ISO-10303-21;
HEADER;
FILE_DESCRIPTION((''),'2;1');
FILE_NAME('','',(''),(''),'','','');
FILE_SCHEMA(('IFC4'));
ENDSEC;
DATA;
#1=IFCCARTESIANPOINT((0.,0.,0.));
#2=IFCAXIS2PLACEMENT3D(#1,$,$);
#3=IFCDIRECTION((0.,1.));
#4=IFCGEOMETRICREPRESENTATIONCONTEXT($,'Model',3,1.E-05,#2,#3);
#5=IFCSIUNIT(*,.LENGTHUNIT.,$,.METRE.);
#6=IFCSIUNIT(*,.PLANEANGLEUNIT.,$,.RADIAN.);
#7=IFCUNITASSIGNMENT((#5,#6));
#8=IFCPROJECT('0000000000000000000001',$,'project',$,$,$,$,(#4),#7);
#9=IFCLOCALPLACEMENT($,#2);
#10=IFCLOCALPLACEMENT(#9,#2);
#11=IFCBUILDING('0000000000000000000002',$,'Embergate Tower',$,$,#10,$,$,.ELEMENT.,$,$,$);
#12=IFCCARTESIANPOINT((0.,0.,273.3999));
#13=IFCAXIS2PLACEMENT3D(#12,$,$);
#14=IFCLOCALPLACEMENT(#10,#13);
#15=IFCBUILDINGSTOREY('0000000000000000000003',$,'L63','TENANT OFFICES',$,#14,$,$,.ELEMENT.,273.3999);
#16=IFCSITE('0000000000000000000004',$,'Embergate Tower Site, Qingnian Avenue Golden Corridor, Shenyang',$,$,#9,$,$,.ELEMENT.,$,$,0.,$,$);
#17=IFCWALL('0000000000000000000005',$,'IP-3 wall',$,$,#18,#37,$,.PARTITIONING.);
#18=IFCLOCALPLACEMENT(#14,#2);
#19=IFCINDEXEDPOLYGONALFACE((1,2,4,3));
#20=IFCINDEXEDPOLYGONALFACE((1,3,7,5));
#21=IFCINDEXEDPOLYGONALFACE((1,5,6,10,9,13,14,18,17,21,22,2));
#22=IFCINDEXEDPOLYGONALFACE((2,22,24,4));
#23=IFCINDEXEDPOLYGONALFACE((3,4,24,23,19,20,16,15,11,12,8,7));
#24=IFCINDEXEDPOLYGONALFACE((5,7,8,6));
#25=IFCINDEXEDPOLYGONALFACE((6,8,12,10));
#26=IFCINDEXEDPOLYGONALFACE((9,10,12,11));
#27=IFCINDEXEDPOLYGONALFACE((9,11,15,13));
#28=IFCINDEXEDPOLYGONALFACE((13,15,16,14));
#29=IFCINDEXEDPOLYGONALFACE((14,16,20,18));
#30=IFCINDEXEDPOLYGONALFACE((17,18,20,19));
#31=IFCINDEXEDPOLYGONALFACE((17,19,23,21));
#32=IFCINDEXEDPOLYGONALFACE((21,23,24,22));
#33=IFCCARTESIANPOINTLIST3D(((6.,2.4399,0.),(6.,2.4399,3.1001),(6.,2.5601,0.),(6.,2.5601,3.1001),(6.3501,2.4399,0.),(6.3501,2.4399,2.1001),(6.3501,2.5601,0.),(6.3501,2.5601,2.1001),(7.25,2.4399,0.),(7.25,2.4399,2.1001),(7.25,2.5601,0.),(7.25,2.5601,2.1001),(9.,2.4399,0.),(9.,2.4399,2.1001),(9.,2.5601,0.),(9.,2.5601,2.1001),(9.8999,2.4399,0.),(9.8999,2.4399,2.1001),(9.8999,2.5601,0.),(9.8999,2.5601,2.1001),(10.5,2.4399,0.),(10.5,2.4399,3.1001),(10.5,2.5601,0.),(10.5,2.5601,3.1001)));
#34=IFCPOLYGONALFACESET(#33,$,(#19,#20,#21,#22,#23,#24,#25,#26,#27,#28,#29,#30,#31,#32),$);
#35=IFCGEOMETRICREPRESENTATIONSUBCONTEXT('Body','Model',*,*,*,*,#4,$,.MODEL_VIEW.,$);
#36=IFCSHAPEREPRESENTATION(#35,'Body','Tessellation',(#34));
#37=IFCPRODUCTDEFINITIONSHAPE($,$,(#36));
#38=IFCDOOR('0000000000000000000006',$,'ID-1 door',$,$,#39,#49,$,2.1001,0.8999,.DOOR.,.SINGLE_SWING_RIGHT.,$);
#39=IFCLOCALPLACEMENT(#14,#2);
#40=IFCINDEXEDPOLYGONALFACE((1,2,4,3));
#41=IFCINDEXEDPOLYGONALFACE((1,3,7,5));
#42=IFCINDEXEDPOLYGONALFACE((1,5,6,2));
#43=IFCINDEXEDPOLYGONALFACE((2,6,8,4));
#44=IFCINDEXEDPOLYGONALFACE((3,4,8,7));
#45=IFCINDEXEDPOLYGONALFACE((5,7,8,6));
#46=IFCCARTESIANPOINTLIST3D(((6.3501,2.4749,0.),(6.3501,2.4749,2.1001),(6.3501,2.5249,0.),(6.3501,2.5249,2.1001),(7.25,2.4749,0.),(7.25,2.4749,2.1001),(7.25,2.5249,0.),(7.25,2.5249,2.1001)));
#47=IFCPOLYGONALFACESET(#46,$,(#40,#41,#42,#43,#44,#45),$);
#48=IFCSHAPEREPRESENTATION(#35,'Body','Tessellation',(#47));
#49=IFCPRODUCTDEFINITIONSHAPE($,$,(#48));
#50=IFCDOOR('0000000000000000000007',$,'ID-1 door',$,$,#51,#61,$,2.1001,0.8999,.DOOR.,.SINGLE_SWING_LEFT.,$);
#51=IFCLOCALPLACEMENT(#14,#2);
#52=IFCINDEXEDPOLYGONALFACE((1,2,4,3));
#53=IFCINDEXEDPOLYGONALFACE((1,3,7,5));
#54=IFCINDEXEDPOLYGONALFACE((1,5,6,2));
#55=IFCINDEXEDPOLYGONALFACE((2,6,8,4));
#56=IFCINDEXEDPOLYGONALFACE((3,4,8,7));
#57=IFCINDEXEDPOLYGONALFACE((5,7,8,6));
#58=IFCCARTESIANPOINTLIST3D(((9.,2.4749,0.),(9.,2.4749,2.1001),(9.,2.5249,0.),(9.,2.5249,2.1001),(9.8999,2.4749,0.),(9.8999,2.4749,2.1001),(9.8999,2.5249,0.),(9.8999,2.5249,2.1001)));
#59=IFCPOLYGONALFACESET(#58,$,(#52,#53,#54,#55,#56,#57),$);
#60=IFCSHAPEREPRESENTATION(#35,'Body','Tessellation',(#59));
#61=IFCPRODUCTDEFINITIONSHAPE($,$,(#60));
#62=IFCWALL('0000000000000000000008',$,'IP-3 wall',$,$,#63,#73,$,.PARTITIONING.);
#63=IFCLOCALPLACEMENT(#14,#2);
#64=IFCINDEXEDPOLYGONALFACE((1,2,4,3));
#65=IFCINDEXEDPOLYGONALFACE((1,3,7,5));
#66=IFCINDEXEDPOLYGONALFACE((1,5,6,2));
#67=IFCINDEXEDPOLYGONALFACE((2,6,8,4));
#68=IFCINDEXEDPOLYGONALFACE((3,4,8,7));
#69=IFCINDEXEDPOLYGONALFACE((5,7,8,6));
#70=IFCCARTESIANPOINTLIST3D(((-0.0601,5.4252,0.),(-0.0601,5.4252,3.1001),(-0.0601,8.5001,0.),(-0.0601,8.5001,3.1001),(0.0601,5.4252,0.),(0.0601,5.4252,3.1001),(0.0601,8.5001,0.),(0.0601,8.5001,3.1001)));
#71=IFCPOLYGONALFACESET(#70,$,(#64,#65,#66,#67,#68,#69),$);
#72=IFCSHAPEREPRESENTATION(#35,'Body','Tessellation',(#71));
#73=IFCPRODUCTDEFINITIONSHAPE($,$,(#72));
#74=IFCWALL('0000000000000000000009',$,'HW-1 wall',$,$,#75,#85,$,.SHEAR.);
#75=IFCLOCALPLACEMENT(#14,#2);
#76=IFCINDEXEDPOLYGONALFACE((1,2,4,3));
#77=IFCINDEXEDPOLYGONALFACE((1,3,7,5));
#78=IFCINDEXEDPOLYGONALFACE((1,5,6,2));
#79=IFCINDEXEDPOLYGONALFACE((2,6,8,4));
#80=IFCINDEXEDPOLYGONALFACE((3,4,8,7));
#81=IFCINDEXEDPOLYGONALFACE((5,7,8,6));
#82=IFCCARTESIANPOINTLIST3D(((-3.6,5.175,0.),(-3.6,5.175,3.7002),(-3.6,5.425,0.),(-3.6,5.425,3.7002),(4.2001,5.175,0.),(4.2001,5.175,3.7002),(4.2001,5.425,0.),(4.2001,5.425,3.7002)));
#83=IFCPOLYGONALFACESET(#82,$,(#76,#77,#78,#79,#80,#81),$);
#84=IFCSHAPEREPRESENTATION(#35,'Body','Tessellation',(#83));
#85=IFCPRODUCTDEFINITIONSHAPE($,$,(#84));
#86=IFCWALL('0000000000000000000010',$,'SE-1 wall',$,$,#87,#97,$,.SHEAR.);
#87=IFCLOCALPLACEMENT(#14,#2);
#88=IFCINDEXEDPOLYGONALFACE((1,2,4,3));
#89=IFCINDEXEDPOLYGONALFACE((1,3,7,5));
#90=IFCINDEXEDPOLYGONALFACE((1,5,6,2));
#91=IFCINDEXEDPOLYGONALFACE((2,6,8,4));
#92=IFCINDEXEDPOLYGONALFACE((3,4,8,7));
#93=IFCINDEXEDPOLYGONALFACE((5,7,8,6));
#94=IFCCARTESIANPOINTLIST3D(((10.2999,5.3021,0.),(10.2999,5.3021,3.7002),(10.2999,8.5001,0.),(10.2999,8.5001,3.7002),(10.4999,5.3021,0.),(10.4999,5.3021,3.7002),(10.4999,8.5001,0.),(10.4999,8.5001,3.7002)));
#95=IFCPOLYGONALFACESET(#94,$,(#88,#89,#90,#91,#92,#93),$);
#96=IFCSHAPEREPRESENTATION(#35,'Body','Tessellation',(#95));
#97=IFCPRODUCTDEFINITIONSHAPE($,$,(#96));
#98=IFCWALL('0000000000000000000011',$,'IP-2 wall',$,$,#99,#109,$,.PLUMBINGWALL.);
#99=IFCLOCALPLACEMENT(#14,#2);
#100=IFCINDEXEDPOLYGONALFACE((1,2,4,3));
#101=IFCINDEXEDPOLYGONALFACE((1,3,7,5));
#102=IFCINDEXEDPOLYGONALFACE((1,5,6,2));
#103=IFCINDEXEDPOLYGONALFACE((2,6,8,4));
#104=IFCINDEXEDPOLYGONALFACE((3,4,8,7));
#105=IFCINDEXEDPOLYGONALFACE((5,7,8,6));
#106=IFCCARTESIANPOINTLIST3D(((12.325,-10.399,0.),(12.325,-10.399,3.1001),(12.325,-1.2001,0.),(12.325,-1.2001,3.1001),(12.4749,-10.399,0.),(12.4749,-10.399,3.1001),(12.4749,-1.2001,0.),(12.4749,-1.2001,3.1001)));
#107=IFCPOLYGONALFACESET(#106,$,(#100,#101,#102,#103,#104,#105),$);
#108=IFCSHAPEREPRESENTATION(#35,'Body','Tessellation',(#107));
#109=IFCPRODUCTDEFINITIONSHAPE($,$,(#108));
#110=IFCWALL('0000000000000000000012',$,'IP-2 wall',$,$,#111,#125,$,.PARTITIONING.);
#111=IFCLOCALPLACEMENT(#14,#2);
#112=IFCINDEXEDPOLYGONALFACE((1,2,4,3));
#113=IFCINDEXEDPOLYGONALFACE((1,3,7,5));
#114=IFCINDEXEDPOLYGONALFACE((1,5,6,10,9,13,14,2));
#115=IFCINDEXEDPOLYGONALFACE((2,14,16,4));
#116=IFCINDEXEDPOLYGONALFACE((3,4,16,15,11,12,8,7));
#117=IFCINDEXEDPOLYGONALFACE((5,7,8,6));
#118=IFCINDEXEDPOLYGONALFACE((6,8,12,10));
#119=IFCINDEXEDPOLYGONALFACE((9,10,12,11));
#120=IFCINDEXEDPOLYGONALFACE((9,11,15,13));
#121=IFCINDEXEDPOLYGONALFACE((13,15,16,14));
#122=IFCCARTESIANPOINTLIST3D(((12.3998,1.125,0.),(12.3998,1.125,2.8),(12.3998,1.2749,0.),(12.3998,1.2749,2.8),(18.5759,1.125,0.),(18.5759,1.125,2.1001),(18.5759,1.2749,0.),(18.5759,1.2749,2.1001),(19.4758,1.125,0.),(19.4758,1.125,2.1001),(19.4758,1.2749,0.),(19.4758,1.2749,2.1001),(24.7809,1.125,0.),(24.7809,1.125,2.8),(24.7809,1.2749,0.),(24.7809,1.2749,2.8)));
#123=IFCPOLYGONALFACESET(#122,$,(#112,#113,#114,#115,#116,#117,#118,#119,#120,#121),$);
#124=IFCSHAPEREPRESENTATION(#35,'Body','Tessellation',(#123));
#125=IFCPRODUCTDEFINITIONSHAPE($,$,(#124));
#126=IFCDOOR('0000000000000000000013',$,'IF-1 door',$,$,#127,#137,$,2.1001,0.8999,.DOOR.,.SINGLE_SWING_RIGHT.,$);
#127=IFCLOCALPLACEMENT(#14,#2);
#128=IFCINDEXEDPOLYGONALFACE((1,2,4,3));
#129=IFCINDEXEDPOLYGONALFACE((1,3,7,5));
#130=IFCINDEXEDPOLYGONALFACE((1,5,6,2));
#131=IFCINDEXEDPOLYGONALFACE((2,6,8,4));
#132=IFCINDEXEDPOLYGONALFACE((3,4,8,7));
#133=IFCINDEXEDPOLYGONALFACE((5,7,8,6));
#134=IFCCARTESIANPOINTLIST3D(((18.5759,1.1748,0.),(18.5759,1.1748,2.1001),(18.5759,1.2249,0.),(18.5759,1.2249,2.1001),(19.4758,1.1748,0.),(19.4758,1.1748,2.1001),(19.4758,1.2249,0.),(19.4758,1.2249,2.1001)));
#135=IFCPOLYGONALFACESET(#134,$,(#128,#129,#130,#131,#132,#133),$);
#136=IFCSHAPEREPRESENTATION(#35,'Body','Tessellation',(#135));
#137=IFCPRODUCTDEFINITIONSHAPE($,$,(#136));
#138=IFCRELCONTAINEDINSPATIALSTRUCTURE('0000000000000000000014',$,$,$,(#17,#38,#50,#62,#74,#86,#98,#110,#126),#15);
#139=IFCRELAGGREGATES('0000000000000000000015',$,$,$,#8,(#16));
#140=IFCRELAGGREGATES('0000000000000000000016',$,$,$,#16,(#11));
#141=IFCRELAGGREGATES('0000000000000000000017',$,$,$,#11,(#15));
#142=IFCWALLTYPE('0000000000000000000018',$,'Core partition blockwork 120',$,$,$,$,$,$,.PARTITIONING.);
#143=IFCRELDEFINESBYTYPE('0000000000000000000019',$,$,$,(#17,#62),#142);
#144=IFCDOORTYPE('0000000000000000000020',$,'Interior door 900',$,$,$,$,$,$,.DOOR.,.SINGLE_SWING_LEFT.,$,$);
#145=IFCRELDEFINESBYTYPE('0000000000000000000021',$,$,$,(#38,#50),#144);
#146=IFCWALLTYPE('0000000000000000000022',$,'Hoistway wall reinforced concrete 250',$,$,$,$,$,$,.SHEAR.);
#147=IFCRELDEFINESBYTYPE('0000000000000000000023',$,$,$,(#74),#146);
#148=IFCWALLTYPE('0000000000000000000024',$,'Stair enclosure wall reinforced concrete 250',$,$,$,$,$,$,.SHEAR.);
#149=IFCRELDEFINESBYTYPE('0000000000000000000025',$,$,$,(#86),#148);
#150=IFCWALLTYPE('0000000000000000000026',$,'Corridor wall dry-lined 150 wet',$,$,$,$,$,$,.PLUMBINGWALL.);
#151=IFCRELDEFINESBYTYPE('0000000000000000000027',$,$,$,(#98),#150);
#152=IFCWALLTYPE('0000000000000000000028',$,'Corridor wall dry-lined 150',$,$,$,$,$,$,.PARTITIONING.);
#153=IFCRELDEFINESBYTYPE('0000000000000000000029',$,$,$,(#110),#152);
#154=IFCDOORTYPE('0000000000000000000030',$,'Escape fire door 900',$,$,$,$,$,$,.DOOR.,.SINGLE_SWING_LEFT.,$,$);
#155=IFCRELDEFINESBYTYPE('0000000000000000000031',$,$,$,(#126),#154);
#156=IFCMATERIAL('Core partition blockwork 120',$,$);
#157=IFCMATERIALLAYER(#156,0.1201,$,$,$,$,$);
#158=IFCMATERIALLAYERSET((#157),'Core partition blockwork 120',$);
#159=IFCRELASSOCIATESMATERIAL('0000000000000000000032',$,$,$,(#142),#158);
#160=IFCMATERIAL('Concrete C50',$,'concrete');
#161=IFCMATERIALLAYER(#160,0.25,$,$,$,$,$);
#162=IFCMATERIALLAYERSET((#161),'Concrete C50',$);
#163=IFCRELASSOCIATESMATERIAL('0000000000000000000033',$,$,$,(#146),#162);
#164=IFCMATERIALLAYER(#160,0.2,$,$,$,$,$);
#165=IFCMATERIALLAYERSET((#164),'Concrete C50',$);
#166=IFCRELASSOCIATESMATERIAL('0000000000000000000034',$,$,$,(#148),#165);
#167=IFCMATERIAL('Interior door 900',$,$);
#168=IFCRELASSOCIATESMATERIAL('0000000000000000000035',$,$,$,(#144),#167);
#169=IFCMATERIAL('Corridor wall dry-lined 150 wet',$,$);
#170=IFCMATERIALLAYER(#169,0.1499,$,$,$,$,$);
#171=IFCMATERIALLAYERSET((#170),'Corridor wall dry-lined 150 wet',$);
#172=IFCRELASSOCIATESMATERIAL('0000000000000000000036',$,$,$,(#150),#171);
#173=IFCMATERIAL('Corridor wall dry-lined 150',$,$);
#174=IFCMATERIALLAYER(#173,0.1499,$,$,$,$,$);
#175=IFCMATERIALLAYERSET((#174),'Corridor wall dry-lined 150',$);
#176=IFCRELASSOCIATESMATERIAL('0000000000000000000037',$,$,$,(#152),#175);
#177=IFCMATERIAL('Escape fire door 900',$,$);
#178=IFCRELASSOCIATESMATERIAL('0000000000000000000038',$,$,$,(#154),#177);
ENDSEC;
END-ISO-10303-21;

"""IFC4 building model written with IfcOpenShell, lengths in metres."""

from ifc_helpers import new_model, si_unit, direction, frame, frame_2d, origin, place, context, subcontext, project, spatial, rectangle, extrude, source, transform, mapped, material, layer, layer_set, type_object, element, fill, save


model = new_model("IFC4")

# Units and contexts
model_context = context("Model", 3, precision=1e-05, world=origin(), true_north=direction((0.0, 1.0)))
body_context = subcontext(model_context, "Body", "Model", "MODEL_VIEW")
ifc_project = project(units=[si_unit("LENGTHUNIT", "METRE"), si_unit("PLANEANGLEUNIT", "RADIAN")], contexts=[model_context])

# Site, building, storey
site_placement = place(None, origin())
site = spatial("IfcSite", under=ifc_project, at=site_placement, Name="Embergate Tower Site, Qingnian Avenue Golden Corridor, Shenyang", CompositionType="ELEMENT", RefElevation=0.0)
building_placement = place(site_placement, origin())
building = spatial("IfcBuilding", under=site, at=building_placement, Name="Embergate Tower", CompositionType="ELEMENT")
storey_placement = place(building_placement, frame((0.0, 0.0, 273.3999)))
storey = spatial("IfcBuildingStorey", under=building, at=storey_placement, Name="L63", Description="TENANT OFFICES", CompositionType="ELEMENT", Elevation=273.3999)

# Shared definitions
ifc_material_1 = material(Name="Core partition blockwork 120")
ifc_layer_1 = layer(ifc_material_1, 0.1201)
ifc_layer_set_1 = layer_set([ifc_layer_1], Name="Core partition blockwork 120")
wall_type_1 = type_object("IfcWallType", Name="Core partition blockwork 120", PredefinedType="PARTITIONING", material=ifc_layer_set_1)

# Shared definitions
ifc_material_2 = material(Name="Concrete C50", Category="concrete")
ifc_layer_2 = layer(ifc_material_2, 0.25)
ifc_layer_set_2 = layer_set([ifc_layer_2], Name="Concrete C50")
wall_type_2 = type_object("IfcWallType", Name="Hoistway wall reinforced concrete 250", PredefinedType="SHEAR", material=ifc_layer_set_2)

# Shared definitions
ifc_layer_3 = layer(ifc_material_2, 0.2)
ifc_layer_set_3 = layer_set([ifc_layer_3], Name="Concrete C50")
wall_type_3 = type_object("IfcWallType", Name="Stair enclosure wall reinforced concrete 250", PredefinedType="SHEAR", material=ifc_layer_set_3)

# Wall, openings, doors
shared_shape_1 = source(origin(), body_context, "Body", "SweptSolid", [
    extrude(rectangle(XDim=4.5, YDim=0.1201, at=frame_2d((2.25, 0.0))), origin(), (0.0, 0.0, 1.0), 3.1001),
])
wall_1_placement = place(storey_placement, frame((6.0, 2.5, 0.0), z_axis=(0.0, 0.0, 1.0), x_axis=(1.0, 0.0, 0.0)))
wall_1 = element("IfcWall", 1, at=wall_1_placement, inside=storey, type_object=wall_type_1, Name="IP-3 wall", PredefinedType="PARTITIONING", context=body_context, shape_type="MappedRepresentation", body=[
    mapped(shared_shape_1, transform((0.0, 0.0, 0.0))),
])
shared_shape_2 = source(origin(), body_context, "Body", "SweptSolid", [
    extrude(rectangle(XDim=0.8999, YDim=2.1001, at=frame_2d((0.45, 1.05))), frame((0.0, 0.0701, 0.0), z_axis=(0.0, -1.0, 0.0), x_axis=(1.0, 0.0, 0.0)), (0.0, 0.0, 1.0), 0.1401),
])
opening_1_placement = place(wall_1_placement, frame((0.3501, 0.0, 0.0)))
opening_1 = element("IfcOpeningElement", 2, at=opening_1_placement, cuts=wall_1, PredefinedType="OPENING", context=body_context, shape_type="MappedRepresentation", body=[
    mapped(shared_shape_2, transform((0.0, 0.0, 0.0))),
])
opening_2_placement = place(wall_1_placement, frame((3.0, 0.0, 0.0)))
opening_2 = element("IfcOpeningElement", 3, at=opening_2_placement, cuts=wall_1, PredefinedType="OPENING", context=body_context, shape_type="MappedRepresentation", body=[
    mapped(shared_shape_2, transform((0.0, 0.0, 0.0))),
])
ifc_material_3 = material(Name="Interior door 900")
door_type_1 = type_object("IfcDoorType", Name="Interior door 900", OperationType="SINGLE_SWING_LEFT", PredefinedType="DOOR", material=ifc_material_3)
shared_shape_3 = source(origin(), body_context, "Body", "SweptSolid", [
    extrude(rectangle(XDim=0.8999, YDim=2.1001, at=frame_2d((0.45, 1.05))), frame((0.0, 0.0249, 0.0), z_axis=(0.0, -1.0, 0.0), x_axis=(1.0, 0.0, 0.0)), (0.0, 0.0, 1.0), 0.05),
])
door_1_placement = place(opening_1_placement, origin())
door_1 = element("IfcDoor", 4, at=door_1_placement, inside=storey, type_object=door_type_1, Name="ID-1 door", OperationType="SINGLE_SWING_RIGHT", OverallHeight=2.1001, OverallWidth=0.8999, PredefinedType="DOOR", context=body_context, shape_type="MappedRepresentation", body=[
    mapped(shared_shape_3, transform((0.0, 0.0, 0.0))),
])
fill(opening_1, door_1)
door_2_placement = place(opening_2_placement, origin())
door_2 = element("IfcDoor", 5, at=door_2_placement, inside=storey, type_object=door_type_1, Name="ID-1 door", OperationType="SINGLE_SWING_LEFT", OverallHeight=2.1001, OverallWidth=0.8999, PredefinedType="DOOR", context=body_context, shape_type="MappedRepresentation", body=[
    mapped(shared_shape_3, transform((0.0, 0.0, 0.0))),
])
fill(opening_2, door_2)

# Walls
shared_shape_4 = source(origin(), body_context, "Body", "SweptSolid", [
    extrude(rectangle(XDim=3.075, YDim=0.1201, at=frame_2d((1.5376, 0.0))), origin(), (0.0, 0.0, 1.0), 3.1001),
])
wall_2_placement = place(storey_placement, frame((0.0, 5.425, 0.0), z_axis=(0.0, 0.0, 1.0), x_axis=(0.0, 1.0, 0.0)))
element("IfcWall", 6, at=wall_2_placement, inside=storey, type_object=wall_type_1, Name="IP-3 wall", PredefinedType="PARTITIONING", context=body_context, shape_type="MappedRepresentation", body=[
    mapped(shared_shape_4, transform((0.0, 0.0, 0.0))),
])
shared_shape_5 = source(origin(), body_context, "Body", "SweptSolid", [
    extrude(rectangle(XDim=7.8, YDim=0.25, at=frame_2d((3.8999, 0.0))), origin(), (0.0, 0.0, 1.0), 3.7002),
])
wall_3_placement = place(storey_placement, frame((4.2, 5.3, 0.0), z_axis=(0.0, 0.0, 1.0), x_axis=(-1.0, 0.0, 0.0)))
element("IfcWall", 7, at=wall_3_placement, inside=storey, type_object=wall_type_2, Name="HW-1 wall", PredefinedType="SHEAR", context=body_context, shape_type="MappedRepresentation", body=[
    mapped(shared_shape_5, transform((0.0, 0.0, 0.0))),
])
shared_shape_6 = source(origin(), body_context, "Body", "SweptSolid", [
    extrude(rectangle(XDim=3.198, YDim=0.2, at=frame_2d((1.5991, 0.0))), origin(), (0.0, 0.0, 1.0), 3.7002),
])
wall_4_placement = place(storey_placement, frame((10.3999, 5.302, 0.0), z_axis=(0.0, 0.0, 1.0), x_axis=(0.0, 1.0, 0.0)))
element("IfcWall", 8, at=wall_4_placement, inside=storey, type_object=wall_type_3, Name="SE-1 wall", PredefinedType="SHEAR", context=body_context, shape_type="MappedRepresentation", body=[
    mapped(shared_shape_6, transform((0.0, 0.0, 0.0))),
])
ifc_material_4 = material(Name="Corridor wall dry-lined 150 wet")
ifc_layer_4 = layer(ifc_material_4, 0.1499)
ifc_layer_set_4 = layer_set([ifc_layer_4], Name="Corridor wall dry-lined 150 wet")
wall_type_4 = type_object("IfcWallType", Name="Corridor wall dry-lined 150 wet", PredefinedType="PLUMBINGWALL", material=ifc_layer_set_4)
shared_shape_7 = source(origin(), body_context, "Body", "SweptSolid", [
    extrude(rectangle(XDim=9.199, YDim=0.1499, at=frame_2d((4.5996, 0.0))), origin(), (0.0, 0.0, 1.0), 3.1001),
])
wall_5_placement = place(storey_placement, frame((12.3999, -1.2, 0.0), z_axis=(0.0, 0.0, 1.0), x_axis=(0.0, -1.0, 0.0)))
element("IfcWall", 9, at=wall_5_placement, inside=storey, type_object=wall_type_4, Name="IP-2 wall", PredefinedType="PLUMBINGWALL", context=body_context, shape_type="MappedRepresentation", body=[
    mapped(shared_shape_7, transform((0.0, 0.0, 0.0))),
])

# Wall, opening, door
ifc_material_5 = material(Name="Corridor wall dry-lined 150")
ifc_layer_5 = layer(ifc_material_5, 0.1499)
ifc_layer_set_5 = layer_set([ifc_layer_5], Name="Corridor wall dry-lined 150")
wall_type_5 = type_object("IfcWallType", Name="Corridor wall dry-lined 150", PredefinedType="PARTITIONING", material=ifc_layer_set_5)
shared_shape_8 = source(origin(), body_context, "Body", "SweptSolid", [
    extrude(rectangle(XDim=12.3811, YDim=0.1499, at=frame_2d((6.1904, 0.0))), origin(), (0.0, 0.0, 1.0), 2.8),
])
wall_6_placement = place(storey_placement, frame((12.3999, 1.2, 0.0), z_axis=(0.0, 0.0, 1.0), x_axis=(1.0, 0.0, 0.0)))
wall_6 = element("IfcWall", 10, at=wall_6_placement, inside=storey, type_object=wall_type_5, Name="IP-2 wall", PredefinedType="PARTITIONING", context=body_context, shape_type="MappedRepresentation", body=[
    mapped(shared_shape_8, transform((0.0, 0.0, 0.0))),
])
shared_shape_9 = source(origin(), body_context, "Body", "SweptSolid", [
    extrude(rectangle(XDim=0.8999, YDim=2.1001, at=frame_2d((0.45, 1.05))), frame((0.0, 0.085, 0.0), z_axis=(0.0, -1.0, 0.0), x_axis=(1.0, 0.0, 0.0)), (0.0, 0.0, 1.0), 0.1699),
])
opening_3_placement = place(wall_6_placement, frame((6.176, 0.0, 0.0)))
opening_3 = element("IfcOpeningElement", 11, at=opening_3_placement, cuts=wall_6, PredefinedType="OPENING", context=body_context, shape_type="MappedRepresentation", body=[
    mapped(shared_shape_9, transform((0.0, 0.0, 0.0))),
])
ifc_material_6 = material(Name="Escape fire door 900")
door_type_2 = type_object("IfcDoorType", Name="Escape fire door 900", OperationType="SINGLE_SWING_LEFT", PredefinedType="DOOR", material=ifc_material_6)
door_3_placement = place(opening_3_placement, origin())
door_3 = element("IfcDoor", 12, at=door_3_placement, inside=storey, type_object=door_type_2, Name="IF-1 door", OperationType="SINGLE_SWING_RIGHT", OverallHeight=2.1001, OverallWidth=0.8999, PredefinedType="DOOR", context=body_context, shape_type="MappedRepresentation", body=[
    mapped(shared_shape_3, transform((0.0, 0.0, 0.0))),
])
fill(opening_3, door_3)

save(model, "model.ifc")
